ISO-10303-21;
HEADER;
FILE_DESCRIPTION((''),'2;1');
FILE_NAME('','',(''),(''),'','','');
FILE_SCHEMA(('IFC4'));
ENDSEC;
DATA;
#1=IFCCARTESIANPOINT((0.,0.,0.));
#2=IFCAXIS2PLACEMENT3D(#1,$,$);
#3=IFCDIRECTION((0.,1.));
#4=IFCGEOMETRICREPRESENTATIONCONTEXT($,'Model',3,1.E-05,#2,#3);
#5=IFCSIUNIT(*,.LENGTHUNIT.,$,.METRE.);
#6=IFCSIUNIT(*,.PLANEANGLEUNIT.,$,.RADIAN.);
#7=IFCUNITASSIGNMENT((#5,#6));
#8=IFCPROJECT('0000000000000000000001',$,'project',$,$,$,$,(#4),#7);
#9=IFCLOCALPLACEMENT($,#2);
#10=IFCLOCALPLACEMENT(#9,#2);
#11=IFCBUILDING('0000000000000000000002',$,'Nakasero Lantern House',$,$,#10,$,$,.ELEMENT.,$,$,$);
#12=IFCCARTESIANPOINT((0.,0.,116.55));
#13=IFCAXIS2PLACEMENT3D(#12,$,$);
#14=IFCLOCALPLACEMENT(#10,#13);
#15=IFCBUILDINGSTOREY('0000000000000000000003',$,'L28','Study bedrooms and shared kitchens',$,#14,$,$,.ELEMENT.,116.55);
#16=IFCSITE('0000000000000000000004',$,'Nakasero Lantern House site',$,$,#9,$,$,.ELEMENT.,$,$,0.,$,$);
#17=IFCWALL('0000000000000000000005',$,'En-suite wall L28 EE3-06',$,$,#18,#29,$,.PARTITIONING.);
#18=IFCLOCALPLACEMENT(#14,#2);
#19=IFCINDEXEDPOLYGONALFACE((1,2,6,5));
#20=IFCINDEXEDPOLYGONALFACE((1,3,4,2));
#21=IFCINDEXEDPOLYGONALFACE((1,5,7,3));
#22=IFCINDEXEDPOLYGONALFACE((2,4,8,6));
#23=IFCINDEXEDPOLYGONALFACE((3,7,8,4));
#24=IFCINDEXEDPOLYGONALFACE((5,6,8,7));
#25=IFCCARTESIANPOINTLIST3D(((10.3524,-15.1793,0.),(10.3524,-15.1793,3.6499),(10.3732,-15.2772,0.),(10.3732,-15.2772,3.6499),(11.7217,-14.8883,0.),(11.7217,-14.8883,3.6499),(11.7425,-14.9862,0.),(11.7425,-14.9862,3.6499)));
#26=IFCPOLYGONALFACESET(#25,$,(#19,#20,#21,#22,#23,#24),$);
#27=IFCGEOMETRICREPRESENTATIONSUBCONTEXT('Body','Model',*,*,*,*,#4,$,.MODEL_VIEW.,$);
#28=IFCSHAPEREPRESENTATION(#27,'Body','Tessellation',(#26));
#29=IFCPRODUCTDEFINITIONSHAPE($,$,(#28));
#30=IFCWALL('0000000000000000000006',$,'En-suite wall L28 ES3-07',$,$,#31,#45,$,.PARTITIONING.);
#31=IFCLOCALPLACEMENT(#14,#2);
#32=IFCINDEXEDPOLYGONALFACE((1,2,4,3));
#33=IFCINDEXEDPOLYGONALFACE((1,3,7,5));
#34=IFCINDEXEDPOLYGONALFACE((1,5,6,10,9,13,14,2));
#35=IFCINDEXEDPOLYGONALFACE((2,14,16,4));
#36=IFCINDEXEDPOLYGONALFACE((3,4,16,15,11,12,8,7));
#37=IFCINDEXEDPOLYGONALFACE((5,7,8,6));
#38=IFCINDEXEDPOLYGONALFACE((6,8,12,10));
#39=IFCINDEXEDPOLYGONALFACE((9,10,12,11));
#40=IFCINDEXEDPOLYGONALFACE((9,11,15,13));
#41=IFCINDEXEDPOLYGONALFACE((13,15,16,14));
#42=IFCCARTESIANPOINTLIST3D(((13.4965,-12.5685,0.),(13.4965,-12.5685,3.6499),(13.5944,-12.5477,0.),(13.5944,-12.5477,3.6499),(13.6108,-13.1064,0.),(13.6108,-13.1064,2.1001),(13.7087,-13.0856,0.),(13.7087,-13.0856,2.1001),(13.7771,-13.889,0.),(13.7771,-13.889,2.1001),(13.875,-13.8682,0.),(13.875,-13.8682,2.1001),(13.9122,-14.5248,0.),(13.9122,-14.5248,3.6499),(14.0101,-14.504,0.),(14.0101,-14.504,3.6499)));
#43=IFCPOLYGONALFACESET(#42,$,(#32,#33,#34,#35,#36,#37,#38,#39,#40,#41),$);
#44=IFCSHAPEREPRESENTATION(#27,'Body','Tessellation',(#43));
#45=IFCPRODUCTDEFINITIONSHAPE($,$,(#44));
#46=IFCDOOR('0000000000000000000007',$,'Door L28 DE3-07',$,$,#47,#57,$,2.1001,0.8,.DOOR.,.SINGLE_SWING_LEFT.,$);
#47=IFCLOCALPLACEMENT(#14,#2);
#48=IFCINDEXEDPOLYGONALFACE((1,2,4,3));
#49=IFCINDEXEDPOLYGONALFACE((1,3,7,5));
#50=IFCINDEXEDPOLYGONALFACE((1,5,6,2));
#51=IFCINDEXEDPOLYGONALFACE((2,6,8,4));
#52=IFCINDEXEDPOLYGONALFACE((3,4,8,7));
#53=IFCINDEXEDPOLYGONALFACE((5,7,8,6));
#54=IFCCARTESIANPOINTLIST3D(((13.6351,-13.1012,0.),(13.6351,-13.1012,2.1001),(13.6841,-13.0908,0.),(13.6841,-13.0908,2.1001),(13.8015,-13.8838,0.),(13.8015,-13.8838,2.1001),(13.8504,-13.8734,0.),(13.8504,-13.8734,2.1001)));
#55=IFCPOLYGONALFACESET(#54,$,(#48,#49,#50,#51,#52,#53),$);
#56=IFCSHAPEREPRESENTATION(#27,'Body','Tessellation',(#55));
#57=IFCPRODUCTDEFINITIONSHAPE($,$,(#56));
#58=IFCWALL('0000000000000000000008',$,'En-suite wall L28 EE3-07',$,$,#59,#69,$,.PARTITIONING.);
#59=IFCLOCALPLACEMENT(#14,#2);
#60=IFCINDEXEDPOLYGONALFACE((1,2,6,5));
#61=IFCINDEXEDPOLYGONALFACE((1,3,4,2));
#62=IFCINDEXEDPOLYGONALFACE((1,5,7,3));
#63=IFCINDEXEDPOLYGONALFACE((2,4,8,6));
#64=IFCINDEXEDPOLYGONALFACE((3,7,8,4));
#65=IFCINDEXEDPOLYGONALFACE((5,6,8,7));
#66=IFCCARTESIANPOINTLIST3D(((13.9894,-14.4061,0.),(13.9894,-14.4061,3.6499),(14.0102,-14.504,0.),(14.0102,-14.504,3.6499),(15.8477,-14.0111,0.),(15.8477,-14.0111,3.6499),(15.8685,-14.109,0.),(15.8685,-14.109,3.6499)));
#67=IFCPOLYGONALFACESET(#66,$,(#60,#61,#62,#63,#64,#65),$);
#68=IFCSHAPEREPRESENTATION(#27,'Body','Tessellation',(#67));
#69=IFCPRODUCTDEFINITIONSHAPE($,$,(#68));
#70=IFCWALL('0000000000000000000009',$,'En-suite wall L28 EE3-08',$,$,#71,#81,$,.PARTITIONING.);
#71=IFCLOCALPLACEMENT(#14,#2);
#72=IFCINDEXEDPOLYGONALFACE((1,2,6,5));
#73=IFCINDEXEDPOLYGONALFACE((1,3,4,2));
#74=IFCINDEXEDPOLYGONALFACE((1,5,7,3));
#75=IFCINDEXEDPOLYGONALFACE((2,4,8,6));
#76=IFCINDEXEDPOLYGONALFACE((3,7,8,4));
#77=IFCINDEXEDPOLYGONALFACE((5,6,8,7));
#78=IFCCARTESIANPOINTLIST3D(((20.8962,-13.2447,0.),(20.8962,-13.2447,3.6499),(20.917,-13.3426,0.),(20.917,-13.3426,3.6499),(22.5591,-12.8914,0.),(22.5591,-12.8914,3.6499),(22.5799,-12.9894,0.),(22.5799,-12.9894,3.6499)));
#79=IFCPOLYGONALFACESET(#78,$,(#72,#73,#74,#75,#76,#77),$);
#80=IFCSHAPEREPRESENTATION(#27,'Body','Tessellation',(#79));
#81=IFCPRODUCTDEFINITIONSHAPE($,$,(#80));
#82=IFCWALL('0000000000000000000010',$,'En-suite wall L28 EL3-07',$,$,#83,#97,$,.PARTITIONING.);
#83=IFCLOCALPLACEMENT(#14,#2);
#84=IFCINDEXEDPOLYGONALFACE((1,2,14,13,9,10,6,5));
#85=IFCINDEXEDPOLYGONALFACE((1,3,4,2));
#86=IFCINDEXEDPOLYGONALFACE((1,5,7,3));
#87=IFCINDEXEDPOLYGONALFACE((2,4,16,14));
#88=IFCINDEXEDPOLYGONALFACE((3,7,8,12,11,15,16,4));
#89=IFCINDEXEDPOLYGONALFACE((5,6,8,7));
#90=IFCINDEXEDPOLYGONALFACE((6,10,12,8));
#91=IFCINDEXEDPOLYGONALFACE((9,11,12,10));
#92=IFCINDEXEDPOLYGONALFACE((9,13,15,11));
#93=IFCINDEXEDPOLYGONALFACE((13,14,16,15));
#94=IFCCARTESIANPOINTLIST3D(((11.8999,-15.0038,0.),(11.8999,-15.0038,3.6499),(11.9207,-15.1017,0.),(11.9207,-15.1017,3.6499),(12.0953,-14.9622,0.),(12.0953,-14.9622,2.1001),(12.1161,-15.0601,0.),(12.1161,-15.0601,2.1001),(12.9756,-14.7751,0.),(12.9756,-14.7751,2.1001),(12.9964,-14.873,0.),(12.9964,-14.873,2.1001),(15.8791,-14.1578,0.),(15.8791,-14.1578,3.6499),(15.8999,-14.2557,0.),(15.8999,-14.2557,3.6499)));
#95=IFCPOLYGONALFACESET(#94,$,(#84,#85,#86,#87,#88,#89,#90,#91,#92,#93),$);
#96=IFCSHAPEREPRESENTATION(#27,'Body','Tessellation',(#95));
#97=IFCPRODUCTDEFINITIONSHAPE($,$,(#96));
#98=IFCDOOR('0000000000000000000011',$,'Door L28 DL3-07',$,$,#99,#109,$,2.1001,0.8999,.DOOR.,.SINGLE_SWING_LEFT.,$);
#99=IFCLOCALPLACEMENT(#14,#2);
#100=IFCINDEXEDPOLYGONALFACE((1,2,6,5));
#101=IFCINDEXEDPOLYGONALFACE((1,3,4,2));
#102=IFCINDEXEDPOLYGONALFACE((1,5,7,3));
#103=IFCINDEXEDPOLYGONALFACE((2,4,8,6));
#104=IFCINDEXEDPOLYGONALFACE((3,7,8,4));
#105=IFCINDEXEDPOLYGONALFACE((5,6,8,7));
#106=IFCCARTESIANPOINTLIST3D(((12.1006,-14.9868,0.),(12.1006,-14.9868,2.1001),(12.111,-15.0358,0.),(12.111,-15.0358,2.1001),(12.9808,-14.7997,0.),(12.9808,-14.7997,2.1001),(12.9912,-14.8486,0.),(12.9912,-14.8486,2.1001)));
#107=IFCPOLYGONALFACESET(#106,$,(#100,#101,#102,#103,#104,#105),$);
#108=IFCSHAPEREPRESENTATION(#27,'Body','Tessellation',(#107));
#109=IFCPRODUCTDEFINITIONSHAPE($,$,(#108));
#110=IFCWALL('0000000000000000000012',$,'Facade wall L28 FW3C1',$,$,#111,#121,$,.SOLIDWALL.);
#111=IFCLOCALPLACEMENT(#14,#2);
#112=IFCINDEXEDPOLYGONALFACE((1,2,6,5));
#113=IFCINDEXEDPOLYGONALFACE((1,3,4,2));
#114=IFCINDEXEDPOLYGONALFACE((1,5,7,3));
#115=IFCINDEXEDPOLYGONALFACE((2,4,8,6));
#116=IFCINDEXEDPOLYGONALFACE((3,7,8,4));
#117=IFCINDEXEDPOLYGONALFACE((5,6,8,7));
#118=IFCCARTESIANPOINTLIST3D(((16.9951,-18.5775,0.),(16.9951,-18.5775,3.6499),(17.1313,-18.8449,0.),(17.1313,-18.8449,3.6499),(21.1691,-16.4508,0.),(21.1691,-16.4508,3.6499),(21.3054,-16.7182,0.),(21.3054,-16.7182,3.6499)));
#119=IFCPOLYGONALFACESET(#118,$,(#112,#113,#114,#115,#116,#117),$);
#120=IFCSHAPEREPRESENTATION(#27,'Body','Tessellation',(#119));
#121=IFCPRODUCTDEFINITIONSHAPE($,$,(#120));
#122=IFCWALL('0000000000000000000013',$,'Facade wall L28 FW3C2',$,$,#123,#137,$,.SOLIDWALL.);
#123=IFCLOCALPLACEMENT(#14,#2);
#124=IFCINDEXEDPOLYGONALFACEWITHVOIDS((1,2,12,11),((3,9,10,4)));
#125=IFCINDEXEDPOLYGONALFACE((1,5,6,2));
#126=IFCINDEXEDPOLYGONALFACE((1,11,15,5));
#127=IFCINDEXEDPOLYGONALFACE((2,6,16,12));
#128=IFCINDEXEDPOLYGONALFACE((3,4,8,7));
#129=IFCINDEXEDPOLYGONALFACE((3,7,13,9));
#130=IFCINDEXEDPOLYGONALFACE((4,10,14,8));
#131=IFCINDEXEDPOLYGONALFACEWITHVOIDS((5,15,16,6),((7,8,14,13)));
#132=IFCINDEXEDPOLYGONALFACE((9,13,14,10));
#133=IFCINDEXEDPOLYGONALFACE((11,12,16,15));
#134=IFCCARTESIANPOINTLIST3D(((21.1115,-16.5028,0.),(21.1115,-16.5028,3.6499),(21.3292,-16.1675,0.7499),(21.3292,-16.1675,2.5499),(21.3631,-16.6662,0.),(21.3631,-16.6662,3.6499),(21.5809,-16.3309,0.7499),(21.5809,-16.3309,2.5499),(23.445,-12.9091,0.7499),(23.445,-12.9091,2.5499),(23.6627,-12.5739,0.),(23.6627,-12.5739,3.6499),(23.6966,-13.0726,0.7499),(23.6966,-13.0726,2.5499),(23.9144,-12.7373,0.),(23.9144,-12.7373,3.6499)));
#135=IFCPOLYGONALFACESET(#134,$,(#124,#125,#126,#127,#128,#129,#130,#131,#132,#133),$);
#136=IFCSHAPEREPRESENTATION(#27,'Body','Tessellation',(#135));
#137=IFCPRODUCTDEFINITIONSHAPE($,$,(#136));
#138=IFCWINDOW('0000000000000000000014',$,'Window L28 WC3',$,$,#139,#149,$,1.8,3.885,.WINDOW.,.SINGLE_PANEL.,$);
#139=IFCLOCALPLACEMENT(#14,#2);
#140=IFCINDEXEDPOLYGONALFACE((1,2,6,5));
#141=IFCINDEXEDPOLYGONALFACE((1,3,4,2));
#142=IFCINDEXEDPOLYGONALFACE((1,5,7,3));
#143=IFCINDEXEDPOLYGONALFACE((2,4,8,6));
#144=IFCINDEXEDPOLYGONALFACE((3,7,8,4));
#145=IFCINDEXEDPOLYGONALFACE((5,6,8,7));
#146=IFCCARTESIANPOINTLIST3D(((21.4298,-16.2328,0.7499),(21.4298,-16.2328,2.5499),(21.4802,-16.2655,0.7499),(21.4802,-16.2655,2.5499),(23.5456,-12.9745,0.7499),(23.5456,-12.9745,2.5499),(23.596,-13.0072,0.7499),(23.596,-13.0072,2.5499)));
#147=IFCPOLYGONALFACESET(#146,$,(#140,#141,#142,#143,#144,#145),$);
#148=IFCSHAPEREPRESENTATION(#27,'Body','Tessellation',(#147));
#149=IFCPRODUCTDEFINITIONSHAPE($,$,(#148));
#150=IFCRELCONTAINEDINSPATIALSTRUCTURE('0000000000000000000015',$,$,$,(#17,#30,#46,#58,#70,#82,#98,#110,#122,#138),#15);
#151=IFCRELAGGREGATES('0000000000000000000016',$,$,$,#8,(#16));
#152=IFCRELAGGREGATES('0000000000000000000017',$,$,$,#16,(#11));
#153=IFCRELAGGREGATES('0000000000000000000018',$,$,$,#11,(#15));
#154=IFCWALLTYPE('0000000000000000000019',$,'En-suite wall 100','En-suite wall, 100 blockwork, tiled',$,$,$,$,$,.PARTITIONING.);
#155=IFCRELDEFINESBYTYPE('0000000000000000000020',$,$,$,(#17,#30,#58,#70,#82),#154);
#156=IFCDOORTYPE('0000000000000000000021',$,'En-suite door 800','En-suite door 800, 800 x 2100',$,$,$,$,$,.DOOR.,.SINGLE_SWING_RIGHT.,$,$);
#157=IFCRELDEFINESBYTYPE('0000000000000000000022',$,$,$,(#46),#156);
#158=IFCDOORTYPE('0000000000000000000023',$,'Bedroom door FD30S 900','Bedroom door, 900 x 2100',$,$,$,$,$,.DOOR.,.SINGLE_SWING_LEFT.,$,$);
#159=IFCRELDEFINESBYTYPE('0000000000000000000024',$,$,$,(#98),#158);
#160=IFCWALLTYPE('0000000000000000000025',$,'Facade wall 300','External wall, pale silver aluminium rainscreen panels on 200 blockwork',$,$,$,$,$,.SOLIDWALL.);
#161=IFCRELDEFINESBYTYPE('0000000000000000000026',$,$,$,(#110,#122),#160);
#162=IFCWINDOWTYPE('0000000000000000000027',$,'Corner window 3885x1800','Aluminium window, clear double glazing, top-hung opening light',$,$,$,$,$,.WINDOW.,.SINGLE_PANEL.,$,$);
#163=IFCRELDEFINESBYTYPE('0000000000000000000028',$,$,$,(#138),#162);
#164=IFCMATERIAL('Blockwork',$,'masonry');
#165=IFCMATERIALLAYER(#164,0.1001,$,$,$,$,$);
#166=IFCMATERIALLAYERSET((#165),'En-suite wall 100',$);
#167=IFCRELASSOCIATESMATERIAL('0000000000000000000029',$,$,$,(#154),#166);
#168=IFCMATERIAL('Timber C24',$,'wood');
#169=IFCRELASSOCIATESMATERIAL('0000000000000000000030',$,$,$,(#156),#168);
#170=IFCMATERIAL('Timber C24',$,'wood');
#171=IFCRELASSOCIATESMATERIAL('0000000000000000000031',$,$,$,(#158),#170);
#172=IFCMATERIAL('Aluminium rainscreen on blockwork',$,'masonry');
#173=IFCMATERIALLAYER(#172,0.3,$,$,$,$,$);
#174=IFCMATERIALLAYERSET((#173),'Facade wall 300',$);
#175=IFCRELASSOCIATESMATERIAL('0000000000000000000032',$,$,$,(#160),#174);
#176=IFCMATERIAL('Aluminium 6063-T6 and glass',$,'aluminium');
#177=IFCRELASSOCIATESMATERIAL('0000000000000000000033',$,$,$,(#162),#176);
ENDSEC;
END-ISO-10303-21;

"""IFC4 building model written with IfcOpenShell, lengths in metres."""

from ifc_helpers import new_model, si_unit, direction, frame, frame_2d, origin, place, context, subcontext, project, spatial, rectangle, extrude, material, layer, layer_set, type_object, element, fill, save


model = new_model("IFC4")

# Units and contexts
model_context = context("Model", 3, precision=1e-05, world=origin(), true_north=direction((0.0, 1.0)))
body_context = subcontext(model_context, "Body", "Model", "MODEL_VIEW")
ifc_project = project(units=[si_unit("LENGTHUNIT", "METRE"), si_unit("PLANEANGLEUNIT", "RADIAN")], contexts=[model_context])

# Site, building, storey
site_placement = place(None, origin())
site = spatial("IfcSite", under=ifc_project, at=site_placement, Name="Nakasero Lantern House site", CompositionType="ELEMENT", RefElevation=0.0)
building_placement = place(site_placement, origin())
building = spatial("IfcBuilding", under=site, at=building_placement, Name="Nakasero Lantern House", CompositionType="ELEMENT")
storey_placement = place(building_placement, frame((0.0, 0.0, 116.55)))
storey = spatial("IfcBuildingStorey", under=building, at=storey_placement, Name="L28", Description="Study bedrooms and shared kitchens", CompositionType="ELEMENT", Elevation=116.55)

# Shared definitions
ifc_material_1 = material(Name="Blockwork", Category="masonry")
ifc_layer_1 = layer(ifc_material_1, 0.1001)
ifc_layer_set_1 = layer_set([ifc_layer_1], Name="En-suite wall 100")
wall_type_1 = type_object("IfcWallType", Name="En-suite wall 100", Description="En-suite wall, 100 blockwork, tiled", PredefinedType="PARTITIONING", material=ifc_layer_set_1)
ifc_material_2 = material(Name="Timber C24", Category="wood")
door_type_1 = type_object("IfcDoorType", Name="En-suite door 800", Description="En-suite door 800, 800 x 2100", OperationType="SINGLE_SWING_RIGHT", PredefinedType="DOOR", material=ifc_material_2)

# Wall
wall_1_placement = place(storey_placement, frame((10.3628, -15.2283, 0.0), z_axis=(0.0, 0.0, 1.0), x_axis=(0.978156, 0.207873, 0.0)))
element("IfcWall", 1, at=wall_1_placement, inside=storey, type_object=wall_type_1, Name="En-suite wall L28 EE3-06", PredefinedType="PARTITIONING", context=body_context, shape_type="SweptSolid", body=[
    extrude(rectangle(XDim=1.3999, YDim=0.1001, at=frame_2d((0.7, 0.0))), origin(), (0.0, 0.0, 1.0), 3.6499),
])

# Wall, opening, door
wall_2_placement = place(storey_placement, frame((13.5454, -12.5581, 0.0), z_axis=(0.0, 0.0, 1.0), x_axis=(0.207886, -0.978153, 0.0)))
wall_2 = element("IfcWall", 2, at=wall_2_placement, inside=storey, type_object=wall_type_1, Name="En-suite wall L28 ES3-07", PredefinedType="PARTITIONING", context=body_context, shape_type="SweptSolid", body=[
    extrude(rectangle(XDim=2.0, YDim=0.1001, at=frame_2d((1.0, 0.0))), origin(), (0.0, 0.0, 1.0), 3.6499),
])
opening_1_placement = place(wall_2_placement, frame((0.55, 0.0, 0.0)))
opening_1 = element("IfcOpeningElement", 3, at=opening_1_placement, cuts=wall_2, PredefinedType="OPENING", context=body_context, shape_type="SweptSolid", body=[
    extrude(rectangle(XDim=0.8, YDim=2.1001, at=frame_2d((0.3999, 1.05))), frame((0.0, 0.0701, 0.0), z_axis=(0.0, -1.0, 0.0), x_axis=(1.0, 0.0, 0.0)), (0.0, 0.0, 1.0), 0.1401),
])
door_1_placement = place(opening_1_placement, origin())
door_1 = element("IfcDoor", 4, at=door_1_placement, inside=storey, type_object=door_type_1, Name="Door L28 DE3-07", OperationType="SINGLE_SWING_LEFT", OverallHeight=2.1001, OverallWidth=0.8, PredefinedType="DOOR", context=body_context, shape_type="SweptSolid", body=[
    extrude(rectangle(XDim=0.8, YDim=2.1001, at=frame_2d((0.3999, 1.05))), frame((0.0, 0.0249, 0.0), z_axis=(0.0, -1.0, 0.0), x_axis=(1.0, 0.0, 0.0)), (0.0, 0.0, 1.0), 0.05),
])
fill(opening_1, door_1)

# Walls
wall_3_placement = place(storey_placement, frame((13.9998, -14.4551, 0.0), z_axis=(0.0, 0.0, 1.0), x_axis=(0.978147, 0.207914, 0.0)))
element("IfcWall", 5, at=wall_3_placement, inside=storey, type_object=wall_type_1, Name="En-suite wall L28 EE3-07", PredefinedType="PARTITIONING", context=body_context, shape_type="SweptSolid", body=[
    extrude(rectangle(XDim=1.8999, YDim=0.1001, at=frame_2d((0.95, 0.0))), origin(), (0.0, 0.0, 1.0), 3.6499),
])
wall_4_placement = place(storey_placement, frame((20.9065, -13.2937, 0.0), z_axis=(0.0, 0.0, 1.0), x_axis=(0.978169, 0.207812, 0.0)))
element("IfcWall", 6, at=wall_4_placement, inside=storey, type_object=wall_type_1, Name="En-suite wall L28 EE3-08", PredefinedType="PARTITIONING", context=body_context, shape_type="SweptSolid", body=[
    extrude(rectangle(XDim=1.7, YDim=0.1001, at=frame_2d((0.8501, 0.0))), origin(), (0.0, 0.0, 1.0), 3.6499),
])

# Wall, opening, door
wall_5_placement = place(storey_placement, frame((11.9102, -15.0527, 0.0), z_axis=(0.0, 0.0, 1.0), x_axis=(0.978141, 0.207943, 0.0)))
wall_5 = element("IfcWall", 7, at=wall_5_placement, inside=storey, type_object=wall_type_1, Name="En-suite wall L28 EL3-07", PredefinedType="PARTITIONING", context=body_context, shape_type="SweptSolid", body=[
    extrude(rectangle(XDim=4.0681, YDim=0.1001, at=frame_2d((2.0342, 0.0))), origin(), (0.0, 0.0, 1.0), 3.6499),
])
opening_2_placement = place(wall_5_placement, frame((0.2, 0.0, 0.0)))
opening_2 = element("IfcOpeningElement", 8, at=opening_2_placement, cuts=wall_5, PredefinedType="OPENING", context=body_context, shape_type="SweptSolid", body=[
    extrude(rectangle(XDim=0.8999, YDim=2.1001, at=frame_2d((0.45, 1.05))), frame((0.0, 0.0701, 0.0), z_axis=(0.0, -1.0, 0.0), x_axis=(1.0, 0.0, 0.0)), (0.0, 0.0, 1.0), 0.1401),
])
ifc_material_3 = material(Name="Timber C24", Category="wood")
door_type_2 = type_object("IfcDoorType", Name="Bedroom door FD30S 900", Description="Bedroom door, 900 x 2100", OperationType="SINGLE_SWING_LEFT", PredefinedType="DOOR", material=ifc_material_3)
door_2_placement = place(opening_2_placement, origin())
door_2 = element("IfcDoor", 9, at=door_2_placement, inside=storey, type_object=door_type_2, Name="Door L28 DL3-07", OperationType="SINGLE_SWING_LEFT", OverallHeight=2.1001, OverallWidth=0.8999, PredefinedType="DOOR", context=body_context, shape_type="SweptSolid", body=[
    extrude(rectangle(XDim=0.8999, YDim=2.1001, at=frame_2d((0.45, 1.05))), frame((0.0, 0.0249, 0.0), z_axis=(0.0, -1.0, 0.0), x_axis=(1.0, 0.0, 0.0)), (0.0, 0.0, 1.0), 0.05),
])
fill(opening_2, door_2)

# Wall
ifc_material_4 = material(Name="Aluminium rainscreen on blockwork", Category="masonry")
ifc_layer_2 = layer(ifc_material_4, 0.3)
ifc_layer_set_2 = layer_set([ifc_layer_2], Name="Facade wall 300")
wall_type_2 = type_object("IfcWallType", Name="Facade wall 300", Description="External wall, pale silver aluminium rainscreen panels on 200 blockwork", PredefinedType="SOLIDWALL", material=ifc_layer_set_2)
wall_6_placement = place(storey_placement, frame((17.0632, -18.7112, 0.0), z_axis=(0.0, 0.0, 1.0), x_axis=(0.891014, 0.453976, 0.0)))
element("IfcWall", 10, at=wall_6_placement, inside=storey, type_object=wall_type_2, Name="Facade wall L28 FW3C1", PredefinedType="SOLIDWALL", context=body_context, shape_type="SweptSolid", body=[
    extrude(rectangle(XDim=4.6846, YDim=0.3, at=frame_2d((2.3423, 0.0))), origin(), (0.0, 0.0, 1.0), 3.6499),
])

# Wall, opening, window
wall_7_placement = place(storey_placement, frame((21.2373, -16.5845, 0.0), z_axis=(0.0, 0.0, 1.0), x_axis=(0.544605, 0.838692, 0.0)))
wall_7 = element("IfcWall", 11, at=wall_7_placement, inside=storey, type_object=wall_type_2, Name="Facade wall L28 FW3C2", PredefinedType="SOLIDWALL", context=body_context, shape_type="SweptSolid", body=[
    extrude(rectangle(XDim=4.6846, YDim=0.3, at=frame_2d((2.3423, 0.0))), origin(), (0.0, 0.0, 1.0), 3.6499),
])
opening_3_placement = place(wall_7_placement, frame((0.3999, 0.0, 0.75)))
opening_3 = element("IfcOpeningElement", 12, at=opening_3_placement, cuts=wall_7, PredefinedType="OPENING", context=body_context, shape_type="SweptSolid", body=[
    extrude(rectangle(XDim=3.885, YDim=1.8, at=frame_2d((1.9424, 0.8999))), frame((0.0, 0.1699, 0.0), z_axis=(0.0, -1.0, 0.0), x_axis=(1.0, 0.0, 0.0)), (0.0, 0.0, 1.0), 0.3401),
])
ifc_material_5 = material(Name="Aluminium 6063-T6 and glass", Category="aluminium")
window_type_1 = type_object("IfcWindowType", Name="Corner window 3885x1800", Description="Aluminium window, clear double glazing, top-hung opening light", PartitioningType="SINGLE_PANEL", PredefinedType="WINDOW", material=ifc_material_5)
window_1_placement = place(opening_3_placement, origin())
window_1 = element("IfcWindow", 13, at=window_1_placement, inside=storey, type_object=window_type_1, Name="Window L28 WC3", OverallHeight=1.8, OverallWidth=3.885, PartitioningType="SINGLE_PANEL", PredefinedType="WINDOW", context=body_context, shape_type="SweptSolid", body=[
    extrude(rectangle(XDim=3.885, YDim=1.8, at=frame_2d((1.9424, 0.8999))), frame((0.0, 0.03, 0.0), z_axis=(0.0, -1.0, 0.0), x_axis=(1.0, 0.0, 0.0)), (0.0, 0.0, 1.0), 0.0601),
])
fill(opening_3, window_1)

save(model, "model.ifc")
